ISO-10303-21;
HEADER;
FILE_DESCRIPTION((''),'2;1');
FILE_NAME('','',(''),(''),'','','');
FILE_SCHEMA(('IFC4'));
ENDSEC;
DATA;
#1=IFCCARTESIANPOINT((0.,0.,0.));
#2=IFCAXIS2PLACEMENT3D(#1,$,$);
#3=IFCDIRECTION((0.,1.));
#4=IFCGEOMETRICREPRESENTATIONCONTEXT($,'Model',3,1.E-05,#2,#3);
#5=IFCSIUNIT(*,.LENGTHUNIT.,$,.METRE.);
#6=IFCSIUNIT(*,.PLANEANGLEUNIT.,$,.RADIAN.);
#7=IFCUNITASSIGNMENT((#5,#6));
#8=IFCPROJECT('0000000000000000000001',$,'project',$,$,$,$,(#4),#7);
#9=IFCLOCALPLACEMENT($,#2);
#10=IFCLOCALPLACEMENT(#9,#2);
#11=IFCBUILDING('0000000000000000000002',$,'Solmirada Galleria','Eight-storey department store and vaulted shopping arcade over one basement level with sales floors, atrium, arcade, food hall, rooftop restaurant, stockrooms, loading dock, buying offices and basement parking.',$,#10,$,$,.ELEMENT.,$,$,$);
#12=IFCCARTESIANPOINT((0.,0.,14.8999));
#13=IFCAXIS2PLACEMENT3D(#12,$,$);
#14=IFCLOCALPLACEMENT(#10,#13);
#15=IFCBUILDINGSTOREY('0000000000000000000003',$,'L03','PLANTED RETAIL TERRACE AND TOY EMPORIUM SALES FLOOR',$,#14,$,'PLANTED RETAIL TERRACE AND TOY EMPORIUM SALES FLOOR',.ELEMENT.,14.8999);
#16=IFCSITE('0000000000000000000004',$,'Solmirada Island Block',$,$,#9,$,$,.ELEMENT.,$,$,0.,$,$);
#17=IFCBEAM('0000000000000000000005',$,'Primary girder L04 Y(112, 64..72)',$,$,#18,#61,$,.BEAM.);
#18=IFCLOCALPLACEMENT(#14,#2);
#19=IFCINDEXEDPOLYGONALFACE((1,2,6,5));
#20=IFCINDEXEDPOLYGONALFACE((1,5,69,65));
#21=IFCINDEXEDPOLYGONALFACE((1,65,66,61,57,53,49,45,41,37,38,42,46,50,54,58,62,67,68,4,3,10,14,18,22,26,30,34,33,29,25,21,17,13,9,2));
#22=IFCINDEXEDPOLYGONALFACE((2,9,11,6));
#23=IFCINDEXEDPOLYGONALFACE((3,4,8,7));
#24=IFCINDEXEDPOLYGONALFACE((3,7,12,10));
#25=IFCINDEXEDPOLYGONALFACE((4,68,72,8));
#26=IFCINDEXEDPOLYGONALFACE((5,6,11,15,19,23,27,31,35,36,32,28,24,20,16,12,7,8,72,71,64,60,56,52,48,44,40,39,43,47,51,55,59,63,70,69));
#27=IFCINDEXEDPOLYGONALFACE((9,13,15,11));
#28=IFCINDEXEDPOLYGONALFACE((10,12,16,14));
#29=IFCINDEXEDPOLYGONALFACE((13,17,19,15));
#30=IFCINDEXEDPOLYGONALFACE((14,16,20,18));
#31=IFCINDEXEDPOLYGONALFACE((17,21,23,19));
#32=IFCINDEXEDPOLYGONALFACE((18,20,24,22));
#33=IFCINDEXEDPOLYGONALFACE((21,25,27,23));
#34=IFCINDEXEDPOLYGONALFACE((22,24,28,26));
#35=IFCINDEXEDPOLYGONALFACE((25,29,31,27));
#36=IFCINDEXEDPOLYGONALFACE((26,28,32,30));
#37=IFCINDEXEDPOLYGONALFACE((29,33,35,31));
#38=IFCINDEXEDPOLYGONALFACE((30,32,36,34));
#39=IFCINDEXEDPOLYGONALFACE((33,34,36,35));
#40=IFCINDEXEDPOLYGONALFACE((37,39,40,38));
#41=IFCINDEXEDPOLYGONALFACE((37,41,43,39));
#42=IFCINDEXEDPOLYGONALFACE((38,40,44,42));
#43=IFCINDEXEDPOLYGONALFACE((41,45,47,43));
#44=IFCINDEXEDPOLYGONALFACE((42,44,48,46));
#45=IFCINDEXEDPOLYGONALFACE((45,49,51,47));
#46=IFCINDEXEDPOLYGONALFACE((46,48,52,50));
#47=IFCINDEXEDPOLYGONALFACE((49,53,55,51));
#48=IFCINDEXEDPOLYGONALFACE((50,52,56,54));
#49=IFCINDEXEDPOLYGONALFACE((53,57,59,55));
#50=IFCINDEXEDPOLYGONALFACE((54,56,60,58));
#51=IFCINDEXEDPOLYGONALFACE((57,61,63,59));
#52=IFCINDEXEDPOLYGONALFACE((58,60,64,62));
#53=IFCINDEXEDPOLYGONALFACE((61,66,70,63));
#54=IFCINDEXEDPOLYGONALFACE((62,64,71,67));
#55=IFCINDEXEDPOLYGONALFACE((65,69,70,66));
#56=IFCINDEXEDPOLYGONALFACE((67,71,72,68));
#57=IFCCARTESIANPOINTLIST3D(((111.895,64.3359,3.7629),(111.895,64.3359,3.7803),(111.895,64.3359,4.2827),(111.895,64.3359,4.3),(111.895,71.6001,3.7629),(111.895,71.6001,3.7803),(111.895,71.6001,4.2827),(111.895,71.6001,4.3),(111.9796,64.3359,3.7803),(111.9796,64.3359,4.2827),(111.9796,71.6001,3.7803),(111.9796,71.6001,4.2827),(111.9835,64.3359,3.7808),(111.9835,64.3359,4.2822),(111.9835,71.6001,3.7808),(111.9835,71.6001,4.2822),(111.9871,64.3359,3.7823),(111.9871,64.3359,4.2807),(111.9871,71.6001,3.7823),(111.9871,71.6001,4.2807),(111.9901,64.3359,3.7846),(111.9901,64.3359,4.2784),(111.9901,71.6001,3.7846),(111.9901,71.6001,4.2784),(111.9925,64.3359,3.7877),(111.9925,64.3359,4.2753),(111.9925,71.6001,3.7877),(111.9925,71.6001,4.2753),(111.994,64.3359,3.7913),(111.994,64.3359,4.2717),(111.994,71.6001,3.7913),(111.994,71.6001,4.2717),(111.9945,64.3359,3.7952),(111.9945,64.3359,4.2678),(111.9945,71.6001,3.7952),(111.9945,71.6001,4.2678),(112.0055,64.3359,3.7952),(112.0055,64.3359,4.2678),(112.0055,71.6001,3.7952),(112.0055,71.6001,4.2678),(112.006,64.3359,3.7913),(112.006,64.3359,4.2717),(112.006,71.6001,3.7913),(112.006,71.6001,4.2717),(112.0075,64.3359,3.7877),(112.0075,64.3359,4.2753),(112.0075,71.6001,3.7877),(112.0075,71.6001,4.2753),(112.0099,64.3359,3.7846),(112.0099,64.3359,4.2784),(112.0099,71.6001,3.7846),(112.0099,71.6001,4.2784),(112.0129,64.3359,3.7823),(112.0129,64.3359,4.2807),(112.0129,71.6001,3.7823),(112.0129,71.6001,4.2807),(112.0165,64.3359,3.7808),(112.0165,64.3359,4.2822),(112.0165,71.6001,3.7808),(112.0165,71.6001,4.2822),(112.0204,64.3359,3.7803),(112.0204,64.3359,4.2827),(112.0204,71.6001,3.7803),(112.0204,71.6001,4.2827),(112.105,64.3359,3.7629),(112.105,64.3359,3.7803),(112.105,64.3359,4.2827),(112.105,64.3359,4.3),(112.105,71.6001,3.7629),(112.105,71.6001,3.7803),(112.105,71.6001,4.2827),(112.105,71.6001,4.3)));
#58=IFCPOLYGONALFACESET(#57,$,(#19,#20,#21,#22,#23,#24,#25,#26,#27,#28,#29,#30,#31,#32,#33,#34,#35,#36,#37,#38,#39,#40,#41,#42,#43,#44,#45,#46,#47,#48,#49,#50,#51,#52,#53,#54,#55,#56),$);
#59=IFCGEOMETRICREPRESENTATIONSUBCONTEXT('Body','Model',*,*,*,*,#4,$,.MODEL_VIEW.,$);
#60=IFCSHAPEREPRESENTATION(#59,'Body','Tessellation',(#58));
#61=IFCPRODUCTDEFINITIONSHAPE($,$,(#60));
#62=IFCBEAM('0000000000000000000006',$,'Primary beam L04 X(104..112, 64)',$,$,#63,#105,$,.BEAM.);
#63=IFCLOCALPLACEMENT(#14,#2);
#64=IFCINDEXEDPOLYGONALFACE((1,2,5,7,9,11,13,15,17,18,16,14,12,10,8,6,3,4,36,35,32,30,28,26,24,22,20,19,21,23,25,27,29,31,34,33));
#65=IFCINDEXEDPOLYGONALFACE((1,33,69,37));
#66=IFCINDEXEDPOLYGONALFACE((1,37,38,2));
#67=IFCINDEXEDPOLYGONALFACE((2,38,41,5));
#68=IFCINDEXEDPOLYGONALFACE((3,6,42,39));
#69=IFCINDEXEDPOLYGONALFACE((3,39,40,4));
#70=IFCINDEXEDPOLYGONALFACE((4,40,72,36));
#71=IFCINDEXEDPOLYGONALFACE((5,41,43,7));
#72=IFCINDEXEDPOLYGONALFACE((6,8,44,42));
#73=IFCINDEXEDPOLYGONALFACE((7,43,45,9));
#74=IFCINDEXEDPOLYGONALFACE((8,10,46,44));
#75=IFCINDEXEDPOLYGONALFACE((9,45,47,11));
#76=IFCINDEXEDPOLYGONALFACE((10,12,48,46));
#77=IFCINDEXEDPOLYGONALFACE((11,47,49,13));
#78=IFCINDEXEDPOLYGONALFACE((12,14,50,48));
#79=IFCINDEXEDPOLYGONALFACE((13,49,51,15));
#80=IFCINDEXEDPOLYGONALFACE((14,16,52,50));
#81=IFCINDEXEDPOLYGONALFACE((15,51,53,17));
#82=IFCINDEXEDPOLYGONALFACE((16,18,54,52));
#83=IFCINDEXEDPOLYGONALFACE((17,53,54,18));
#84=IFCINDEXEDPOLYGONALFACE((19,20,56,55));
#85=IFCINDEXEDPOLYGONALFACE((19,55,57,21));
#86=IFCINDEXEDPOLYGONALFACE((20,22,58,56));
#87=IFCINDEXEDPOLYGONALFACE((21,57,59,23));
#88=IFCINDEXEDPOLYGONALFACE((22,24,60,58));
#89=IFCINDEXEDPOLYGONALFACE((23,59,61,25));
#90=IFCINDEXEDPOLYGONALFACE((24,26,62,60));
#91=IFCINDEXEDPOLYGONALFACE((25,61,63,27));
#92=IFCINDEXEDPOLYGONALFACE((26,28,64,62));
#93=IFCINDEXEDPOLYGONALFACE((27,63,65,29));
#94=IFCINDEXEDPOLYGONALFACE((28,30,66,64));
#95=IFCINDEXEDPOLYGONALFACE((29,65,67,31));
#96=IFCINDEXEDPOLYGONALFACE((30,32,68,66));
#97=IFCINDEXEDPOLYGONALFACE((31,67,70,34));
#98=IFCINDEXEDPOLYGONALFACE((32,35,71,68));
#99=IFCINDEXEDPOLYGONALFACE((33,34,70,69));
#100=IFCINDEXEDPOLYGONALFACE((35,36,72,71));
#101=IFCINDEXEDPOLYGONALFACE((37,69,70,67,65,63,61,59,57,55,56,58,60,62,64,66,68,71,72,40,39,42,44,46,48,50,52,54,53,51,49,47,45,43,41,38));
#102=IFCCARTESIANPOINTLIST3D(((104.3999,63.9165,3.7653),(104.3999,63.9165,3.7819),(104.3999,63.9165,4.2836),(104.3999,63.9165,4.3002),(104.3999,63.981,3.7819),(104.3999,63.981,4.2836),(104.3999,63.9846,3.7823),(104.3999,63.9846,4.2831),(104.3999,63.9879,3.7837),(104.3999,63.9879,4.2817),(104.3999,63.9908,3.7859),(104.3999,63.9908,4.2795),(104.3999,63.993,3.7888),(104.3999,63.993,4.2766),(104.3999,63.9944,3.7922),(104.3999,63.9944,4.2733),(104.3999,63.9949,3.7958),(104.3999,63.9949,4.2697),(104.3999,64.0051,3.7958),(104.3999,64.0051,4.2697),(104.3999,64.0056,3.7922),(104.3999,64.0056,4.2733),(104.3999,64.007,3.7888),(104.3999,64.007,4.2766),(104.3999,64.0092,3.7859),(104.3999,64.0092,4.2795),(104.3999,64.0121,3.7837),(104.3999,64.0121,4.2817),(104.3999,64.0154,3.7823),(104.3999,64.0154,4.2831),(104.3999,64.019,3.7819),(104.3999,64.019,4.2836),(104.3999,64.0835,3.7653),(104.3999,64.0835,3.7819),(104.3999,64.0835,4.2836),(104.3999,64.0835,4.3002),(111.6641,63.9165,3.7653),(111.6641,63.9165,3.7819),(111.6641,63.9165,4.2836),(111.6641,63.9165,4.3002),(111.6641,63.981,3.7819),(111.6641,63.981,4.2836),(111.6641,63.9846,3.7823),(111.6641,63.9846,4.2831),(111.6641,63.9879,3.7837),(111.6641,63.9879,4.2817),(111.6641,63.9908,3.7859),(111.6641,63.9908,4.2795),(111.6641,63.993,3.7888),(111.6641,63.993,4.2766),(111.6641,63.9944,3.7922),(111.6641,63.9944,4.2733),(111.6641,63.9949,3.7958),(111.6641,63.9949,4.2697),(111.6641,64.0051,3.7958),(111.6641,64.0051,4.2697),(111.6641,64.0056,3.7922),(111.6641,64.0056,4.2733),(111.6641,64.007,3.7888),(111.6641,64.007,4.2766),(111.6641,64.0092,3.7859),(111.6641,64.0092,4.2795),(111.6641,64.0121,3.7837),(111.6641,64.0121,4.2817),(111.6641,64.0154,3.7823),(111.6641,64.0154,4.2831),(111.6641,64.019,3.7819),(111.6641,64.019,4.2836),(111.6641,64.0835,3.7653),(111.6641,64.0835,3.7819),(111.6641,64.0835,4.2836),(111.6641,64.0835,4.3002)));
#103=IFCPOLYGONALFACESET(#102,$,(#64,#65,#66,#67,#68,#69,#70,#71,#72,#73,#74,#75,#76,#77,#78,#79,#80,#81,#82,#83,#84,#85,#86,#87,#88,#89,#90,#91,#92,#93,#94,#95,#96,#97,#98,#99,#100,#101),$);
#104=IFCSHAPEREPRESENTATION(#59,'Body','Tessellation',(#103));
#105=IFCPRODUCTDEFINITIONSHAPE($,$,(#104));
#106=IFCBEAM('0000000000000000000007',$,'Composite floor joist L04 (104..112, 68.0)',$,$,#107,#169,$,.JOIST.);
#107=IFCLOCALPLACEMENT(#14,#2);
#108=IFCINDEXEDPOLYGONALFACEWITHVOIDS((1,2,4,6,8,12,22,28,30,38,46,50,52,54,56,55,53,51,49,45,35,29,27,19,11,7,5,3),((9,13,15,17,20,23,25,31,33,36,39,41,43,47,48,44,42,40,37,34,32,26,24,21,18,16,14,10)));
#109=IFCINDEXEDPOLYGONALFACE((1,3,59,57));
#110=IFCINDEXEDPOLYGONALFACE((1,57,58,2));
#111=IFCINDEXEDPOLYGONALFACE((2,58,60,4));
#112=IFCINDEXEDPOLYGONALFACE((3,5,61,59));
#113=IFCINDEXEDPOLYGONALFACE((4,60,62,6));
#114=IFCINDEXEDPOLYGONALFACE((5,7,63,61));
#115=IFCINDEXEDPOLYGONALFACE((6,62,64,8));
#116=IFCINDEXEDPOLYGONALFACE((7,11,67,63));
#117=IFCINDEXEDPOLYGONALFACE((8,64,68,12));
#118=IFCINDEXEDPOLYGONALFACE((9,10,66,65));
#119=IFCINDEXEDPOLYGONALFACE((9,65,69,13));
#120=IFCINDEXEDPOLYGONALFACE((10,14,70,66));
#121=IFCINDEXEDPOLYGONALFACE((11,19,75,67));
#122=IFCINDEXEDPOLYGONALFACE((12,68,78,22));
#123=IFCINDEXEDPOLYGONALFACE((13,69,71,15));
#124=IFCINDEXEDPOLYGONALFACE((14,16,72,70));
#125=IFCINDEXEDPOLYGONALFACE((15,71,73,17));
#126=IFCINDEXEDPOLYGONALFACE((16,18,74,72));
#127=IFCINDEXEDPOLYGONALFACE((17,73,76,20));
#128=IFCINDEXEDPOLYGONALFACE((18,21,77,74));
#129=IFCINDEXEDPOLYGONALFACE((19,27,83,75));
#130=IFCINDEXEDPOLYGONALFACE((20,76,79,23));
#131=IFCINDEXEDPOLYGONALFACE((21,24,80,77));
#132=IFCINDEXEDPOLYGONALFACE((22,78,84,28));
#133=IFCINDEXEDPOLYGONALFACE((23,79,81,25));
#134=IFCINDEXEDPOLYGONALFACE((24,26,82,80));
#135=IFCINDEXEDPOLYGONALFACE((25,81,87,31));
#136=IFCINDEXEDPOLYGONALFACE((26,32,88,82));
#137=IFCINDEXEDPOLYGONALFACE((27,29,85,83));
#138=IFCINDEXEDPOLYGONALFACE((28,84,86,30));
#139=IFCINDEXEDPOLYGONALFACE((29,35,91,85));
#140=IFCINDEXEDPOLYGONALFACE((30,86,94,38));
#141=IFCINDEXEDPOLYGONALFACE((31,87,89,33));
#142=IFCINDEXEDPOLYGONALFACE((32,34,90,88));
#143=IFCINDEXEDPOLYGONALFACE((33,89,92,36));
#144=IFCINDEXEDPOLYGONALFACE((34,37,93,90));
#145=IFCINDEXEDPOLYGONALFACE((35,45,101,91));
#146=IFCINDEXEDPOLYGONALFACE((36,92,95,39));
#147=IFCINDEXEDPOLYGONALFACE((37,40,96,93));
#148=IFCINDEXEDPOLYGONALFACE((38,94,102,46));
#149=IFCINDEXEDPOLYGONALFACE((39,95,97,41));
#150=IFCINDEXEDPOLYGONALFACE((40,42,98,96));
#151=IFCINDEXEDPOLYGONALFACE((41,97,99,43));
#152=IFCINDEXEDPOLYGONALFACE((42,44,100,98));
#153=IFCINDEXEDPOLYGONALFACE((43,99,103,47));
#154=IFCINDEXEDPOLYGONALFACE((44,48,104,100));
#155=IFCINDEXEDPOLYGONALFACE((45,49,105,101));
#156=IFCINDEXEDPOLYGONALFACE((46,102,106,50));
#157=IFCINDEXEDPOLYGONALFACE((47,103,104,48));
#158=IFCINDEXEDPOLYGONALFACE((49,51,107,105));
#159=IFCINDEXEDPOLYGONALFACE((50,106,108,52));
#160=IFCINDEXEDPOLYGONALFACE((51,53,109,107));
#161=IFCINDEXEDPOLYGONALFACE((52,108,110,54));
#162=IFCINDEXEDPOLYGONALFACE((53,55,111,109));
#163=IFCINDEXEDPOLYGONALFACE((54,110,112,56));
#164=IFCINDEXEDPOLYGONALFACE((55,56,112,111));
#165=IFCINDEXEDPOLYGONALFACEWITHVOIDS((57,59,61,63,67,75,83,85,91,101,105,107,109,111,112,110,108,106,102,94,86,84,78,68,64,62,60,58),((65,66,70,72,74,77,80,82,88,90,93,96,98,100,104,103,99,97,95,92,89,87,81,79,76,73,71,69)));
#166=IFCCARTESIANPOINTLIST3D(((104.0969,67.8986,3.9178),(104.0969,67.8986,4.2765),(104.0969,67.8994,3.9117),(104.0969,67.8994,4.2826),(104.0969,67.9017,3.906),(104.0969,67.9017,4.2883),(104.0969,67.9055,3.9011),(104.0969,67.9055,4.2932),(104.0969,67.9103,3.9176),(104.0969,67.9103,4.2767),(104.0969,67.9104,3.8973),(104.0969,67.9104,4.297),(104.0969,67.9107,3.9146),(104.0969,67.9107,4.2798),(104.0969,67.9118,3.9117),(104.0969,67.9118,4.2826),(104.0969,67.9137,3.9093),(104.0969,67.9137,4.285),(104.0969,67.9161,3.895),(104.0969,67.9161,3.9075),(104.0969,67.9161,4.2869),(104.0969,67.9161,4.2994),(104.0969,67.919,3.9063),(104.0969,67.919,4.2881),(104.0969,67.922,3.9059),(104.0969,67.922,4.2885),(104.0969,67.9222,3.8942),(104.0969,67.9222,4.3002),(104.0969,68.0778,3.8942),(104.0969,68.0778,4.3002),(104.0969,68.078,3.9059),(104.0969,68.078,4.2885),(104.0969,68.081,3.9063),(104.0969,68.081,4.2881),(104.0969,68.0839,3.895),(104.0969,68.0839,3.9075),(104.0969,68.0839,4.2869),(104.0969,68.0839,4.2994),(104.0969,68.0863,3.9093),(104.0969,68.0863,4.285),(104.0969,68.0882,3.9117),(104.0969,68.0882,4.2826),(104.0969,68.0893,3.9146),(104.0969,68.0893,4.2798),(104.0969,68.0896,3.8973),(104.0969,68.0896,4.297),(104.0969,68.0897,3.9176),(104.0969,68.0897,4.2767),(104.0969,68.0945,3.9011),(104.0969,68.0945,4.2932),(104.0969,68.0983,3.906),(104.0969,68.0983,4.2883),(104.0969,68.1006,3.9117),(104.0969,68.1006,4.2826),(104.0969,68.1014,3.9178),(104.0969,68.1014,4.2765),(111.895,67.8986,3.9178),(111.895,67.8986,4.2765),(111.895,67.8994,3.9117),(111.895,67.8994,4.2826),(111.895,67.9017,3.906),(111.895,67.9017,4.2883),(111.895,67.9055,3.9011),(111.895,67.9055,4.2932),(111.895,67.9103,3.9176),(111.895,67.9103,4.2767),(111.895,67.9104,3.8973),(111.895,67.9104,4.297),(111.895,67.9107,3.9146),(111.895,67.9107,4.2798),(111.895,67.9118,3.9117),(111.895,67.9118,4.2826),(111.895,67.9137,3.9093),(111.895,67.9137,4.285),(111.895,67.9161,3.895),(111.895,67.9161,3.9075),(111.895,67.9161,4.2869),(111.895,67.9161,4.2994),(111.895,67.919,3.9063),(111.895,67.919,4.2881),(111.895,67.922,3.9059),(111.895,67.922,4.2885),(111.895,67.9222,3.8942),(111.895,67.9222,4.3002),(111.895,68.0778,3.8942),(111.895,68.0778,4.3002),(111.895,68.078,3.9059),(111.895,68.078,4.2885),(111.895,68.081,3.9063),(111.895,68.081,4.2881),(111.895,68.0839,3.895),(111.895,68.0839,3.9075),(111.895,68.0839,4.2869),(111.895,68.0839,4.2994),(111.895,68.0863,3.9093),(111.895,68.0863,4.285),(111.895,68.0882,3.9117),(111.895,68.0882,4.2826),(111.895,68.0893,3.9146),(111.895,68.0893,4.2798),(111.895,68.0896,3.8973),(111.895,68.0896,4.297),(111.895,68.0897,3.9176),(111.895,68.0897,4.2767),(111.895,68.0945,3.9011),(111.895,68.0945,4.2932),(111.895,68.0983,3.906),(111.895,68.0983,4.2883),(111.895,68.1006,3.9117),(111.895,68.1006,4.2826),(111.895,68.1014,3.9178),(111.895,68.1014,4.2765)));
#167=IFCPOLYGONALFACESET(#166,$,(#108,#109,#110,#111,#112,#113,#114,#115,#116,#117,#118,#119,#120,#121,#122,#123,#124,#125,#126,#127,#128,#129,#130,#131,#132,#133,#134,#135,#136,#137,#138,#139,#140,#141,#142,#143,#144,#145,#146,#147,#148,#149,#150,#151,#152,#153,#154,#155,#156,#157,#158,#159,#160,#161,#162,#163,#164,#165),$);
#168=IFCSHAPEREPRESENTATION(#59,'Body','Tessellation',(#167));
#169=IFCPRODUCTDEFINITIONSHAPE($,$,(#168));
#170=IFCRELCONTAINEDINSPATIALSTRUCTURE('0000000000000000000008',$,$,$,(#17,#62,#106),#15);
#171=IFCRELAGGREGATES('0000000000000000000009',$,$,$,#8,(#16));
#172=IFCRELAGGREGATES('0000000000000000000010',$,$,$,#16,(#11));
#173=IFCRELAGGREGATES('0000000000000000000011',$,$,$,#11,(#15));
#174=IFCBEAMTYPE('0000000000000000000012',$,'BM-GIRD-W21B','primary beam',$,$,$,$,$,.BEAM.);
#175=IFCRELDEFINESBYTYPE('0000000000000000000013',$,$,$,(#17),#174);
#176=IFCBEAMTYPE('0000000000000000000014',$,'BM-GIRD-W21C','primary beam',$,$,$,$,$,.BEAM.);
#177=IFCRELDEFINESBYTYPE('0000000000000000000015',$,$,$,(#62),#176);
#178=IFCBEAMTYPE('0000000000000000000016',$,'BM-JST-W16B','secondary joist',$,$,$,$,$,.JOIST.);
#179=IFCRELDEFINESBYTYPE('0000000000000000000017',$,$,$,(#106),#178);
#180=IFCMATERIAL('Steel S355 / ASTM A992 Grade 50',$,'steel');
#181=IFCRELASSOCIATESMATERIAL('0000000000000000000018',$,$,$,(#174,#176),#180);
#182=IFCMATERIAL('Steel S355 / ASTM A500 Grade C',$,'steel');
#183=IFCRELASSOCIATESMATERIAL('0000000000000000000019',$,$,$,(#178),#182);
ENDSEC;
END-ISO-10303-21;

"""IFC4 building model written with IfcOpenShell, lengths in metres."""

from ifc_helpers import new_model, si_unit, direction, frame, origin, origin_2d, place, context, subcontext, project, spatial, hollow_rectangle, i_section, extrude, material, material_profile, profile_set, type_object, element, save


model = new_model("IFC4")

# Units and contexts
model_context = context("Model", 3, precision=1e-05, world=origin(), true_north=direction((0.0, 1.0)))
body_context = subcontext(model_context, "Body", "Model", "MODEL_VIEW")
ifc_project = project(units=[si_unit("LENGTHUNIT", "METRE"), si_unit("PLANEANGLEUNIT", "RADIAN")], contexts=[model_context])

# Site, building, storey
site_placement = place(None, origin())
site = spatial("IfcSite", under=ifc_project, at=site_placement, Name="Solmirada Island Block", CompositionType="ELEMENT", RefElevation=0.0)
building_placement = place(site_placement, origin())
building = spatial("IfcBuilding", under=site, at=building_placement, Name="Solmirada Galleria", Description="Eight-storey department store and vaulted shopping arcade over one basement level with sales floors, atrium, arcade, food hall, rooftop restaurant, stockrooms, loading dock, buying offices and basement parking.", CompositionType="ELEMENT")
storey_placement = place(building_placement, frame((0.0, 0.0, 14.8999)))
storey = spatial("IfcBuildingStorey", under=building, at=storey_placement, Name="L03", Description="PLANTED RETAIL TERRACE AND TOY EMPORIUM SALES FLOOR", LongName="PLANTED RETAIL TERRACE AND TOY EMPORIUM SALES FLOOR", CompositionType="ELEMENT", Elevation=14.8999)

# Beams
ifc_material_1 = material(Name="Steel S355 / ASTM A992 Grade 50", Category="steel")
ifc_material_profile_1 = material_profile(ifc_material_1, i_section(OverallWidth=0.21, OverallDepth=0.5371, WebThickness=0.011, FlangeThickness=0.0173, FilletRadius=0.0149, at=origin_2d()), Name="W21X68")
ifc_profile_set_1 = profile_set([ifc_material_profile_1], Name="Steel S355 / ASTM A992 Grade 50")
beam_type_1 = type_object("IfcBeamType", Name="BM-GIRD-W21B", Description="primary beam", PredefinedType="BEAM", material=ifc_profile_set_1)
beam_1_placement = place(storey_placement, frame((112.0, 64.3359, 4.0315), z_axis=(0.0, 1.0, 0.0), x_axis=(-1.0, 0.0, 0.0)))
element("IfcBeam", 1, at=beam_1_placement, inside=storey, type_object=beam_type_1, Name="Primary girder L04 Y(112, 64..72)", PredefinedType="BEAM", context=body_context, shape_type="SweptSolid", body=[
    extrude(i_section(OverallWidth=0.21, OverallDepth=0.5371, WebThickness=0.011, FlangeThickness=0.0173, FilletRadius=0.0149, at=origin_2d()), origin(), (0.0, 0.0, 1.0), 7.2642),
])
ifc_material_profile_2 = material_profile(ifc_material_1, i_section(OverallWidth=0.167, OverallDepth=0.5349, WebThickness=0.0103, FlangeThickness=0.0166, FilletRadius=0.0139, at=origin_2d()), Name="W21X57")
ifc_profile_set_2 = profile_set([ifc_material_profile_2], Name="Steel S355 / ASTM A992 Grade 50")
beam_type_2 = type_object("IfcBeamType", Name="BM-GIRD-W21C", Description="primary beam", PredefinedType="BEAM", material=ifc_profile_set_2)
beam_2_placement = place(storey_placement, frame((104.3999, 64.0, 4.0327), z_axis=(1.0, 0.0, 0.0), x_axis=(0.0, 1.0, 0.0)))
element("IfcBeam", 2, at=beam_2_placement, inside=storey, type_object=beam_type_2, Name="Primary beam L04 X(104..112, 64)", PredefinedType="BEAM", context=body_context, shape_type="SweptSolid", body=[
    extrude(i_section(OverallWidth=0.167, OverallDepth=0.5349, WebThickness=0.0103, FlangeThickness=0.0166, FilletRadius=0.0139, at=origin_2d()), origin(), (0.0, 0.0, 1.0), 7.2642),
])
ifc_material_2 = material(Name="Steel S355 / ASTM A500 Grade C", Category="steel")
ifc_material_profile_3 = material_profile(ifc_material_2, hollow_rectangle(XDim=0.2029, YDim=0.406, WallThickness=0.0117, InnerFilletRadius=0.0117, OuterFilletRadius=0.0237, at=origin_2d()), Name="HSS16X8X1/2")
ifc_profile_set_3 = profile_set([ifc_material_profile_3], Name="Steel S355 / ASTM A500 Grade C")
beam_type_3 = type_object("IfcBeamType", Name="BM-JST-W16B", Description="secondary joist", PredefinedType="JOIST", material=ifc_profile_set_3)
beam_3_placement = place(storey_placement, frame((104.0969, 68.0, 4.0972), z_axis=(1.0, 0.0, 0.0), x_axis=(0.0, 1.0, 0.0)))
element("IfcBeam", 3, at=beam_3_placement, inside=storey, type_object=beam_type_3, Name="Composite floor joist L04 (104..112, 68.0)", PredefinedType="JOIST", context=body_context, shape_type="SweptSolid", body=[
    extrude(hollow_rectangle(XDim=0.2029, YDim=0.406, WallThickness=0.0117, InnerFilletRadius=0.0117, OuterFilletRadius=0.0237, at=origin_2d()), origin(), (0.0, 0.0, 1.0), 7.7981),
])

save(model, "model.ifc")
